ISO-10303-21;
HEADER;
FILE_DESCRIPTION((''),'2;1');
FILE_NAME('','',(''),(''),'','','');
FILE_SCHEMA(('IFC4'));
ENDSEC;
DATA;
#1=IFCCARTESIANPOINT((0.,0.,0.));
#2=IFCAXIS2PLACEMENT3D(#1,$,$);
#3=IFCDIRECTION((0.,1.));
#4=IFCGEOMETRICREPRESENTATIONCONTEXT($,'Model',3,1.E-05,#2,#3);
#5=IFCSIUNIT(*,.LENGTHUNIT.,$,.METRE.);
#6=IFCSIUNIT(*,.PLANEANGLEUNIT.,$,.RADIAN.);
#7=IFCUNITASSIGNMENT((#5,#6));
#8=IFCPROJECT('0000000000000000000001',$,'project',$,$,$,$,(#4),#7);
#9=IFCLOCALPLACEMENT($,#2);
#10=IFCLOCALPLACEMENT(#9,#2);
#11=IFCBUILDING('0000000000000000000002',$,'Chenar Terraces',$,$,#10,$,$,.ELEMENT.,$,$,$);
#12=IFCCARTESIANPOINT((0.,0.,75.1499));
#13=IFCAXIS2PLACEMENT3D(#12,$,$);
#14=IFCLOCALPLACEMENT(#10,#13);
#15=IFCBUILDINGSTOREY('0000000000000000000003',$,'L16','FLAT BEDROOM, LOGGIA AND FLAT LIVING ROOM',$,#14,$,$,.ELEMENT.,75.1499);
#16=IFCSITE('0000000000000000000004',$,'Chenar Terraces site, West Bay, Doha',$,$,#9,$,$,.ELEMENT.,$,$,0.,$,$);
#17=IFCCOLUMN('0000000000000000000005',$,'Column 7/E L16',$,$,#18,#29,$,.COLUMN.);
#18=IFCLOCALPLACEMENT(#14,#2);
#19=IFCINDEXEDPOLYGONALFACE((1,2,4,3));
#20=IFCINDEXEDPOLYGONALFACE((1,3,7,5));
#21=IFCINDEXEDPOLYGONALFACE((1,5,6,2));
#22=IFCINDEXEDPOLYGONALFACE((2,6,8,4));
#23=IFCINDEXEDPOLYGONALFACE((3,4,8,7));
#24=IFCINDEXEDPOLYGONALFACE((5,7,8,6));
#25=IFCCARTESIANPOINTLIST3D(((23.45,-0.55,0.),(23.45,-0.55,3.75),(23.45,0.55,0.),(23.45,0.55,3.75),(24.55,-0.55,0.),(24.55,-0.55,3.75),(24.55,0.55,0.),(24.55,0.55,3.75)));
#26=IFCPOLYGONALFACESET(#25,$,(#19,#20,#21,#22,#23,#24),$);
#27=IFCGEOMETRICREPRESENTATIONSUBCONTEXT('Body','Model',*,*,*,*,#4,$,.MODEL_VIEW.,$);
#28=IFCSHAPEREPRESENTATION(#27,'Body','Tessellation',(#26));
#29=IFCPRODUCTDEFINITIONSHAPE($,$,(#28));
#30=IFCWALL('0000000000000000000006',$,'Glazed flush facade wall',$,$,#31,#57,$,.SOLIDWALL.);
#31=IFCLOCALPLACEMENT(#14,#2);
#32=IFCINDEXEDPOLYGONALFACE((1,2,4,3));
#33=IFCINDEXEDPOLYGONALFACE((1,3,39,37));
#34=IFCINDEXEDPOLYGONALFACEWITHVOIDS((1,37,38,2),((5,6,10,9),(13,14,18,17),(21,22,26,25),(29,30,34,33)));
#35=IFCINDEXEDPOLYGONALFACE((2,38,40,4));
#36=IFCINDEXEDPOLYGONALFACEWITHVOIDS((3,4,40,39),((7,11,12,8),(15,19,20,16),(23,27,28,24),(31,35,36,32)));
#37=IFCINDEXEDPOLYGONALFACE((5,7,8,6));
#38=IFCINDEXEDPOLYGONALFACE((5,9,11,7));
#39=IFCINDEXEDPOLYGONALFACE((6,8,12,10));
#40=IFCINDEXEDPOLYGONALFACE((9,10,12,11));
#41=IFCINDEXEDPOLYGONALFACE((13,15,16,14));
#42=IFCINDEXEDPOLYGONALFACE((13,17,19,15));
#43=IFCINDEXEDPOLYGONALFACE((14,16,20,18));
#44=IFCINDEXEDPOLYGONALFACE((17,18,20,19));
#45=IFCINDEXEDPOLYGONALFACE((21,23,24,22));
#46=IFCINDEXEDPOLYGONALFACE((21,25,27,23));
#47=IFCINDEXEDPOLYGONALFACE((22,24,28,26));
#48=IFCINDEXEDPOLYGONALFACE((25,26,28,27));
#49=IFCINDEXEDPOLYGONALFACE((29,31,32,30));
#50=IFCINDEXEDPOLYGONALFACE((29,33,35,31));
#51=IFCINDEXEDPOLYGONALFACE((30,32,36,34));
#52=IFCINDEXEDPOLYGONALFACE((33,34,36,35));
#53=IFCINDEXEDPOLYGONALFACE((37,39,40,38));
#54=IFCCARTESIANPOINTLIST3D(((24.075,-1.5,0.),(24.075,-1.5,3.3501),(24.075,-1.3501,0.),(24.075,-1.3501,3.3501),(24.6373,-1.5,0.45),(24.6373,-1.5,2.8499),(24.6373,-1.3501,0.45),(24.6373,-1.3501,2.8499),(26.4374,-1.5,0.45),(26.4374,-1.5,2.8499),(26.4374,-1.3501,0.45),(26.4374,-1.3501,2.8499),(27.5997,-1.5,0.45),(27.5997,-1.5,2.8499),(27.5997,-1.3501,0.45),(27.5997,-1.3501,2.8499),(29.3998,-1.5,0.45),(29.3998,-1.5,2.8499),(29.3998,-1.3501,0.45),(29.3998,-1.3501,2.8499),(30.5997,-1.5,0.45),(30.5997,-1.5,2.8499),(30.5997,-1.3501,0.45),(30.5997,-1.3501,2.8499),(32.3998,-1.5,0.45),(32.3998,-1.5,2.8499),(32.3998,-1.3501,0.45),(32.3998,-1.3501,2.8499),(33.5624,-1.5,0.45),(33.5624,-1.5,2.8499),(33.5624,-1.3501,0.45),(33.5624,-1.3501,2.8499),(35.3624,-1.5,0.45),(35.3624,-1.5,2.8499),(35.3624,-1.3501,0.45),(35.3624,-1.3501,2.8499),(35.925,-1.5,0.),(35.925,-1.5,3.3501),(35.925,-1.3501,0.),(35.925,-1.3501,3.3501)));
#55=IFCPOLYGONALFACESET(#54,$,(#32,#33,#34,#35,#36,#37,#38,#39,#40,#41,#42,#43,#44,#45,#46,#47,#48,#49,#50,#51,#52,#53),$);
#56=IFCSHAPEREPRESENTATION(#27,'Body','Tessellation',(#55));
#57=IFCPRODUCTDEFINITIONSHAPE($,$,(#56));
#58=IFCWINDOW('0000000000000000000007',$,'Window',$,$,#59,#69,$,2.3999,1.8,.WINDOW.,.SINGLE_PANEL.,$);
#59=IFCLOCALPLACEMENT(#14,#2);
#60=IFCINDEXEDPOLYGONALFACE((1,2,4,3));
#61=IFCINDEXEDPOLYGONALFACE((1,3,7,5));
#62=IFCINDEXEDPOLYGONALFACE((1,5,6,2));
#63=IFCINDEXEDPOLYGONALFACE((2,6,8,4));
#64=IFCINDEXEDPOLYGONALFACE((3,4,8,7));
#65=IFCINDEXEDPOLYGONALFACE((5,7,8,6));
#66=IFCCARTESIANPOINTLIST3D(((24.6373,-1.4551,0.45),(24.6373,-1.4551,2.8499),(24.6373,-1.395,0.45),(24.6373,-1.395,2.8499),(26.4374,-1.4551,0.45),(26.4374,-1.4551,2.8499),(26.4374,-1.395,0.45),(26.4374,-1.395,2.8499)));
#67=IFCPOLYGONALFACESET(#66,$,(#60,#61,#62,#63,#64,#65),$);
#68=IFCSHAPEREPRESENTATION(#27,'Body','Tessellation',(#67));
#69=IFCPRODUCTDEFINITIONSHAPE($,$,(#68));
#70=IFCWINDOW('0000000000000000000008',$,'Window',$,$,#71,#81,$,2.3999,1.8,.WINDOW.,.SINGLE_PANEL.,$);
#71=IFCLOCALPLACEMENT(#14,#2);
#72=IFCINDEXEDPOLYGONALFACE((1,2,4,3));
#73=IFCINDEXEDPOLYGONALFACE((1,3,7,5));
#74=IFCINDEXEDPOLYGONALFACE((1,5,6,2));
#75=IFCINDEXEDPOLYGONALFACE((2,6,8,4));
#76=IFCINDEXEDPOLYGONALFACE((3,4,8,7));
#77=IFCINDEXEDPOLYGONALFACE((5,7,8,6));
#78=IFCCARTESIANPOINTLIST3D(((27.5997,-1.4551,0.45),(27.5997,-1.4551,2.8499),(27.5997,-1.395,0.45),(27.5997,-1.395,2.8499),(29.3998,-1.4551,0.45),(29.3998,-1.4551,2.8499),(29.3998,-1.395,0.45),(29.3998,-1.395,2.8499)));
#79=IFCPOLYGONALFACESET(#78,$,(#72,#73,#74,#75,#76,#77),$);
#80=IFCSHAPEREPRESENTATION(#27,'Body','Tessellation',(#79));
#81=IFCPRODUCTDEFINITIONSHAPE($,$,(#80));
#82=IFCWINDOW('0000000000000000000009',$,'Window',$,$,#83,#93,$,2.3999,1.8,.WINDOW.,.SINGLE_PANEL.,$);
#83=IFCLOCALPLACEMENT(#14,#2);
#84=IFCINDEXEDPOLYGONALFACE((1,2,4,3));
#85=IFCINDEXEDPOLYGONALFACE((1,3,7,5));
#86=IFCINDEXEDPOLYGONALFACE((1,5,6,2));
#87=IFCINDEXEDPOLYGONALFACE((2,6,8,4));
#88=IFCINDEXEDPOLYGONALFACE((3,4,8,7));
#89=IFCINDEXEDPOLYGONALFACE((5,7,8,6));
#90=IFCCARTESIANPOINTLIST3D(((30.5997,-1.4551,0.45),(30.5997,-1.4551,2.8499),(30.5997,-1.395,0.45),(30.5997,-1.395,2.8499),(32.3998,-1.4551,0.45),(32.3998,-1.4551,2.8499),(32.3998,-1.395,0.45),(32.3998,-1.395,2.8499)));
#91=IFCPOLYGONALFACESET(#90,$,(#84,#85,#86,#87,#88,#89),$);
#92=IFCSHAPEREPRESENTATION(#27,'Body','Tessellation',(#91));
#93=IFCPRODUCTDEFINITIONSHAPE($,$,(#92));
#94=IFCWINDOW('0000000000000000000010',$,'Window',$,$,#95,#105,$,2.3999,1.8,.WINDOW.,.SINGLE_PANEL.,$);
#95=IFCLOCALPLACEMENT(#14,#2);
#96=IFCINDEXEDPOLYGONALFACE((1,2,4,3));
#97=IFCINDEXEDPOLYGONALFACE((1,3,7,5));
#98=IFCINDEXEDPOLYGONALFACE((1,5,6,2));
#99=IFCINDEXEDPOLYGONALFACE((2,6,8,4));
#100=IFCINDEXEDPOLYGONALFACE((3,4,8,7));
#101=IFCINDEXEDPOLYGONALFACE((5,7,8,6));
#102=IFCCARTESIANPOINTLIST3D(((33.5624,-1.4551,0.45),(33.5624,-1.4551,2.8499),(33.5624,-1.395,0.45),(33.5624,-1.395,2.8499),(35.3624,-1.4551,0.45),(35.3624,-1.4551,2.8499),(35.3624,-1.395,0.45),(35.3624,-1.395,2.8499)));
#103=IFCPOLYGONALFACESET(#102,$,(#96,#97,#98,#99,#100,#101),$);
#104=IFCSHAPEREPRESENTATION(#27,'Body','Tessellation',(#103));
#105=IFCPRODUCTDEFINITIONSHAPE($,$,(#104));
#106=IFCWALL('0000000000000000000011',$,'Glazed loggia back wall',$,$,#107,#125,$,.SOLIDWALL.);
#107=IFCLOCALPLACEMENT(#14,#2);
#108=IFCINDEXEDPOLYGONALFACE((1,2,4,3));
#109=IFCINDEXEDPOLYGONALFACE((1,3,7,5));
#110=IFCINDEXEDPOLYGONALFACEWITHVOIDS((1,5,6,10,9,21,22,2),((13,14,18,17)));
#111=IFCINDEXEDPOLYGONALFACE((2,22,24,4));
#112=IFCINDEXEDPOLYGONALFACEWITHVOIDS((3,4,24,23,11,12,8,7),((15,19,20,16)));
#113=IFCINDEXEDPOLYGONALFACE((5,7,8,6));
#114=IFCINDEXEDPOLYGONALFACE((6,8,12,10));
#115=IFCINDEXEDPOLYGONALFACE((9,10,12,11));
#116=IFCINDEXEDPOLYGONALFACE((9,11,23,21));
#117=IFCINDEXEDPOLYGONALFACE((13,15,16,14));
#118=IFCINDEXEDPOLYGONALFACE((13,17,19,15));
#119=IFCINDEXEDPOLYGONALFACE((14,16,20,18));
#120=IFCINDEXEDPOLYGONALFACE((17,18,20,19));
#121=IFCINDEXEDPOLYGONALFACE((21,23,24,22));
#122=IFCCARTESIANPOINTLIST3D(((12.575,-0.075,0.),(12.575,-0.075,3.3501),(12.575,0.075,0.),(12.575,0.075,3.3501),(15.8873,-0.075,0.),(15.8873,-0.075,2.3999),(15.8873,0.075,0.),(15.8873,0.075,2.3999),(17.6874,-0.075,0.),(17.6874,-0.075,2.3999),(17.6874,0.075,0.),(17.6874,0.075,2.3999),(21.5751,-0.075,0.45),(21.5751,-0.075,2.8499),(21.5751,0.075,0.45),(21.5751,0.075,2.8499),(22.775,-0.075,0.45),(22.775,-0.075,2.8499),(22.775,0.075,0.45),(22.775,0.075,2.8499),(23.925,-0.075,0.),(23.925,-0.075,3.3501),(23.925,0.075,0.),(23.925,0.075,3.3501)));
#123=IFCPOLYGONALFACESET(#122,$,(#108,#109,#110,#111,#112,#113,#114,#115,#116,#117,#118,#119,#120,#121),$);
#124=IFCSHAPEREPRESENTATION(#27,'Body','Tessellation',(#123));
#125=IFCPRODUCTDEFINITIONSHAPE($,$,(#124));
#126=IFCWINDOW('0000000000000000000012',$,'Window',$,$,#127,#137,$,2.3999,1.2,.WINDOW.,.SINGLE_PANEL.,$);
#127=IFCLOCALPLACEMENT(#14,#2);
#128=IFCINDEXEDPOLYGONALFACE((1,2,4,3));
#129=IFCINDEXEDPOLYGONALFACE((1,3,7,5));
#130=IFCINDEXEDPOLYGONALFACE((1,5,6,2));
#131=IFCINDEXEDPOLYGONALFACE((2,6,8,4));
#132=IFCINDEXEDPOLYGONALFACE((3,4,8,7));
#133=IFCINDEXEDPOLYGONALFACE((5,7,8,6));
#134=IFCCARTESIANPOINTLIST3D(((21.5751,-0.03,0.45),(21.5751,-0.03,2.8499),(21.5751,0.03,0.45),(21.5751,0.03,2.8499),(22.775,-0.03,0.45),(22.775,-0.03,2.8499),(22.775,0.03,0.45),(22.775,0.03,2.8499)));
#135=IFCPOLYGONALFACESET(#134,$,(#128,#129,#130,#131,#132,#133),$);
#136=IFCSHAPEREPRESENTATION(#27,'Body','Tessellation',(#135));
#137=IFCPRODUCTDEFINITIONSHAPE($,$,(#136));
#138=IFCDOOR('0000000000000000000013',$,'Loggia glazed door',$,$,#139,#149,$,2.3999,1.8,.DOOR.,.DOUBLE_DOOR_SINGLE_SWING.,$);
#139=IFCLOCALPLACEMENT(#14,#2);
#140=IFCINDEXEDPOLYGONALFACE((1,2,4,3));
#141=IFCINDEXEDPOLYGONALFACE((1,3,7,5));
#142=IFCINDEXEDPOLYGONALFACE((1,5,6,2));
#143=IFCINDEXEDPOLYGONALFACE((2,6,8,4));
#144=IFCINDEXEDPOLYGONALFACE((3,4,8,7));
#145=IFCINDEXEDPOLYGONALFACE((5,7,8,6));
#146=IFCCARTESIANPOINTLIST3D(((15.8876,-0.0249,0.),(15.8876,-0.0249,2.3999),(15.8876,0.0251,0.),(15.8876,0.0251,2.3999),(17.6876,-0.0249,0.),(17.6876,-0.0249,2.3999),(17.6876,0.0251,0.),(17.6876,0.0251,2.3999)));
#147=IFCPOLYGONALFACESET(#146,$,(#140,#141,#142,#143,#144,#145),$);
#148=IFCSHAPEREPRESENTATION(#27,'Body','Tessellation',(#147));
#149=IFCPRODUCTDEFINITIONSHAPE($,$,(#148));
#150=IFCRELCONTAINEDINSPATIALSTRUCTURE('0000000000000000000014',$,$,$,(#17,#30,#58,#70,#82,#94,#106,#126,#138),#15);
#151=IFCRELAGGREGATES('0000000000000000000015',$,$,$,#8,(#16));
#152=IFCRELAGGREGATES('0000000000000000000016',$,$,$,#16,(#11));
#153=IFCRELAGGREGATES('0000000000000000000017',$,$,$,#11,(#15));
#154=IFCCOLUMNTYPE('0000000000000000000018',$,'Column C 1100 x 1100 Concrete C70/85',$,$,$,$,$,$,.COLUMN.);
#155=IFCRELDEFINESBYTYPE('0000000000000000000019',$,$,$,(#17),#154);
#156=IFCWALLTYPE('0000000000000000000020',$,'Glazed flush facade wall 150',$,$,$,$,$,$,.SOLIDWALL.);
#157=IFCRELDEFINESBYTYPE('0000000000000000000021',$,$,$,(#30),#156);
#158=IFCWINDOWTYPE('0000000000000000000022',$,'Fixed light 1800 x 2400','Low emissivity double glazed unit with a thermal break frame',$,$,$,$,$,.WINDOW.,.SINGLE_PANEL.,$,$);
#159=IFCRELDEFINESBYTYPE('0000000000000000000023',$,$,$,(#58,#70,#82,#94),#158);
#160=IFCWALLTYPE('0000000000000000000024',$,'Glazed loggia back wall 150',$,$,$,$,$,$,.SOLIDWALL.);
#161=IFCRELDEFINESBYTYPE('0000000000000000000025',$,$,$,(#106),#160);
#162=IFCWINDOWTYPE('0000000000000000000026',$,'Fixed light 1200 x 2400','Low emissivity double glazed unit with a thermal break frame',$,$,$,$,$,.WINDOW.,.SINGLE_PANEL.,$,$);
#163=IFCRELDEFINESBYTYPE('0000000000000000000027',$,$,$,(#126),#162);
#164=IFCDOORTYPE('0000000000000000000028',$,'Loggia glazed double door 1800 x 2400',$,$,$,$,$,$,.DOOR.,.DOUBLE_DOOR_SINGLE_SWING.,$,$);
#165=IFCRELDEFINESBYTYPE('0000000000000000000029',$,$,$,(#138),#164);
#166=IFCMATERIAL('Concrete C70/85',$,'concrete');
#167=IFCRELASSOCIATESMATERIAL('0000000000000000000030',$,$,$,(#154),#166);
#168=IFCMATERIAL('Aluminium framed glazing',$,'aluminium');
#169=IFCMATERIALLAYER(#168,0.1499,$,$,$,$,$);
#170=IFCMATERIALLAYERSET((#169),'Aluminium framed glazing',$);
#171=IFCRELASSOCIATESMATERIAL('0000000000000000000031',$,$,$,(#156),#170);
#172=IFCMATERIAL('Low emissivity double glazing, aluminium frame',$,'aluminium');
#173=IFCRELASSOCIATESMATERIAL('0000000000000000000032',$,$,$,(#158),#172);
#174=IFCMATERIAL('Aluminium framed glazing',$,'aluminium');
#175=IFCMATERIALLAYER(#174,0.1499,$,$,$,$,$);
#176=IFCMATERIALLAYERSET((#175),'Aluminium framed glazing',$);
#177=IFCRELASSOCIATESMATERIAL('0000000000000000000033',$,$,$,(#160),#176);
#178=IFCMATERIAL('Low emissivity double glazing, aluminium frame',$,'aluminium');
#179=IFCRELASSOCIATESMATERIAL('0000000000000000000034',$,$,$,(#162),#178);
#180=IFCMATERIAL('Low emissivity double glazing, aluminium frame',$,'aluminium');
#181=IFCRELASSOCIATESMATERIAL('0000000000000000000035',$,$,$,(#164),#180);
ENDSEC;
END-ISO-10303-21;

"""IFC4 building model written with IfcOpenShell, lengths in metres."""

from ifc_helpers import new_model, si_unit, direction, frame, frame_2d, origin, origin_2d, place, context, subcontext, project, spatial, rectangle, extrude, material, layer, layer_set, material_profile, profile_set, type_object, element, fill, save


model = new_model("IFC4")

# Units and contexts
model_context = context("Model", 3, precision=1e-05, world=origin(), true_north=direction((0.0, 1.0)))
body_context = subcontext(model_context, "Body", "Model", "MODEL_VIEW")
ifc_project = project(units=[si_unit("LENGTHUNIT", "METRE"), si_unit("PLANEANGLEUNIT", "RADIAN")], contexts=[model_context])

# Site, building, storey
site_placement = place(None, origin())
site = spatial("IfcSite", under=ifc_project, at=site_placement, Name="Chenar Terraces site, West Bay, Doha", CompositionType="ELEMENT", RefElevation=0.0)
building_placement = place(site_placement, origin())
building = spatial("IfcBuilding", under=site, at=building_placement, Name="Chenar Terraces", CompositionType="ELEMENT")
storey_placement = place(building_placement, frame((0.0, 0.0, 75.1499)))
storey = spatial("IfcBuildingStorey", under=building, at=storey_placement, Name="L16", Description="FLAT BEDROOM, LOGGIA AND FLAT LIVING ROOM", CompositionType="ELEMENT", Elevation=75.1499)

# Column
ifc_material_1 = material(Name="Concrete C70/85", Category="concrete")
ifc_material_profile = material_profile(ifc_material_1, rectangle(XDim=1.1001, YDim=1.1001, at=origin_2d()), Name="C 1100 x 1100")
ifc_profile_set = profile_set([ifc_material_profile], Name="Concrete C70/85")
column_type = type_object("IfcColumnType", Name="Column C 1100 x 1100 Concrete C70/85", PredefinedType="COLUMN", material=ifc_profile_set)
column_placement = place(storey_placement, frame((24.0, 0.0, 0.0), z_axis=(0.0, 0.0, 1.0), x_axis=(1.0, 0.0, 0.0)))
element("IfcColumn", 1, at=column_placement, inside=storey, type_object=column_type, Name="Column 7/E L16", PredefinedType="COLUMN", context=body_context, shape_type="SweptSolid", body=[
    extrude(rectangle(XDim=1.1001, YDim=1.1001, at=origin_2d()), origin(), (0.0, 0.0, 1.0), 3.75),
])

# Wall, openings, windows
ifc_material_2 = material(Name="Aluminium framed glazing", Category="aluminium")
ifc_layer_1 = layer(ifc_material_2, 0.1499)
ifc_layer_set_1 = layer_set([ifc_layer_1], Name="Aluminium framed glazing")
wall_type_1 = type_object("IfcWallType", Name="Glazed flush facade wall 150", PredefinedType="SOLIDWALL", material=ifc_layer_set_1)
wall_1_placement = place(storey_placement, frame((24.075, -1.425, 0.0), z_axis=(0.0, 0.0, 1.0), x_axis=(1.0, 0.0, 0.0)))
wall_1 = element("IfcWall", 2, at=wall_1_placement, inside=storey, type_object=wall_type_1, Name="Glazed flush facade wall", PredefinedType="SOLIDWALL", context=body_context, shape_type="SweptSolid", body=[
    extrude(rectangle(XDim=11.8501, YDim=0.1499, at=frame_2d((5.925, 0.0))), origin(), (0.0, 0.0, 1.0), 3.3501),
])
opening_1_placement = place(wall_1_placement, frame((0.5625, 0.0, 0.45)))
opening_1 = element("IfcOpeningElement", 3, at=opening_1_placement, cuts=wall_1, PredefinedType="OPENING", context=body_context, shape_type="SweptSolid", body=[
    extrude(rectangle(XDim=1.8, YDim=2.3999, at=frame_2d((0.8999, 1.2))), frame((0.0, 0.085, 0.0), z_axis=(0.0, -1.0, 0.0), x_axis=(1.0, 0.0, 0.0)), (0.0, 0.0, 1.0), 0.1699),
])
opening_2_placement = place(wall_1_placement, frame((3.5249, 0.0, 0.45)))
opening_2 = element("IfcOpeningElement", 4, at=opening_2_placement, cuts=wall_1, PredefinedType="OPENING", context=body_context, shape_type="SweptSolid", body=[
    extrude(rectangle(XDim=1.8, YDim=2.3999, at=frame_2d((0.8999, 1.2))), frame((0.0, 0.085, 0.0), z_axis=(0.0, -1.0, 0.0), x_axis=(1.0, 0.0, 0.0)), (0.0, 0.0, 1.0), 0.1699),
])
opening_3_placement = place(wall_1_placement, frame((6.5249, 0.0, 0.45)))
opening_3 = element("IfcOpeningElement", 5, at=opening_3_placement, cuts=wall_1, PredefinedType="OPENING", context=body_context, shape_type="SweptSolid", body=[
    extrude(rectangle(XDim=1.8, YDim=2.3999, at=frame_2d((0.8999, 1.2))), frame((0.0, 0.085, 0.0), z_axis=(0.0, -1.0, 0.0), x_axis=(1.0, 0.0, 0.0)), (0.0, 0.0, 1.0), 0.1699),
])
opening_4_placement = place(wall_1_placement, frame((9.4875, 0.0, 0.45)))
opening_4 = element("IfcOpeningElement", 6, at=opening_4_placement, cuts=wall_1, PredefinedType="OPENING", context=body_context, shape_type="SweptSolid", body=[
    extrude(rectangle(XDim=1.8, YDim=2.3999, at=frame_2d((0.8999, 1.2))), frame((0.0, 0.085, 0.0), z_axis=(0.0, -1.0, 0.0), x_axis=(1.0, 0.0, 0.0)), (0.0, 0.0, 1.0), 0.1699),
])
ifc_material_3 = material(Name="Low emissivity double glazing, aluminium frame", Category="aluminium")
window_type_1 = type_object("IfcWindowType", Name="Fixed light 1800 x 2400", Description="Low emissivity double glazed unit with a thermal break frame", PartitioningType="SINGLE_PANEL", PredefinedType="WINDOW", material=ifc_material_3)
window_1_placement = place(opening_1_placement, origin())
window_1 = element("IfcWindow", 7, at=window_1_placement, inside=storey, type_object=window_type_1, Name="Window", OverallHeight=2.3999, OverallWidth=1.8, PartitioningType="SINGLE_PANEL", PredefinedType="WINDOW", context=body_context, shape_type="SweptSolid", body=[
    extrude(rectangle(XDim=1.8, YDim=2.3999, at=frame_2d((0.8999, 1.2))), frame((0.0, 0.03, 0.0), z_axis=(0.0, -1.0, 0.0), x_axis=(1.0, 0.0, 0.0)), (0.0, 0.0, 1.0), 0.0601),
])
fill(opening_1, window_1)
window_2_placement = place(opening_2_placement, origin())
window_2 = element("IfcWindow", 8, at=window_2_placement, inside=storey, type_object=window_type_1, Name="Window", OverallHeight=2.3999, OverallWidth=1.8, PartitioningType="SINGLE_PANEL", PredefinedType="WINDOW", context=body_context, shape_type="SweptSolid", body=[
    extrude(rectangle(XDim=1.8, YDim=2.3999, at=frame_2d((0.8999, 1.2))), frame((0.0, 0.03, 0.0), z_axis=(0.0, -1.0, 0.0), x_axis=(1.0, 0.0, 0.0)), (0.0, 0.0, 1.0), 0.0601),
])
fill(opening_2, window_2)
window_3_placement = place(opening_3_placement, origin())
window_3 = element("IfcWindow", 9, at=window_3_placement, inside=storey, type_object=window_type_1, Name="Window", OverallHeight=2.3999, OverallWidth=1.8, PartitioningType="SINGLE_PANEL", PredefinedType="WINDOW", context=body_context, shape_type="SweptSolid", body=[
    extrude(rectangle(XDim=1.8, YDim=2.3999, at=frame_2d((0.8999, 1.2))), frame((0.0, 0.03, 0.0), z_axis=(0.0, -1.0, 0.0), x_axis=(1.0, 0.0, 0.0)), (0.0, 0.0, 1.0), 0.0601),
])
fill(opening_3, window_3)
window_4_placement = place(opening_4_placement, origin())
window_4 = element("IfcWindow", 10, at=window_4_placement, inside=storey, type_object=window_type_1, Name="Window", OverallHeight=2.3999, OverallWidth=1.8, PartitioningType="SINGLE_PANEL", PredefinedType="WINDOW", context=body_context, shape_type="SweptSolid", body=[
    extrude(rectangle(XDim=1.8, YDim=2.3999, at=frame_2d((0.8999, 1.2))), frame((0.0, 0.03, 0.0), z_axis=(0.0, -1.0, 0.0), x_axis=(1.0, 0.0, 0.0)), (0.0, 0.0, 1.0), 0.0601),
])
fill(opening_4, window_4)

# Wall, openings, window, door
ifc_material_4 = material(Name="Aluminium framed glazing", Category="aluminium")
ifc_layer_2 = layer(ifc_material_4, 0.1499)
ifc_layer_set_2 = layer_set([ifc_layer_2], Name="Aluminium framed glazing")
wall_type_2 = type_object("IfcWallType", Name="Glazed loggia back wall 150", PredefinedType="SOLIDWALL", material=ifc_layer_set_2)
wall_2_placement = place(storey_placement, frame((12.575, 0.0, 0.0), z_axis=(0.0, 0.0, 1.0), x_axis=(1.0, 0.0, 0.0)))
wall_2 = element("IfcWall", 11, at=wall_2_placement, inside=storey, type_object=wall_type_2, Name="Glazed loggia back wall", PredefinedType="SOLIDWALL", context=body_context, shape_type="SweptSolid", body=[
    extrude(rectangle(XDim=11.3501, YDim=0.1499, at=frame_2d((5.675, 0.0))), origin(), (0.0, 0.0, 1.0), 3.3501),
])
opening_5_placement = place(wall_2_placement, frame((3.3125, 0.0, 0.0)))
opening_5 = element("IfcOpeningElement", 12, at=opening_5_placement, cuts=wall_2, PredefinedType="OPENING", context=body_context, shape_type="SweptSolid", body=[
    extrude(rectangle(XDim=1.8, YDim=2.3999, at=frame_2d((0.8999, 1.2))), frame((0.0, 0.085, 0.0), z_axis=(0.0, -1.0, 0.0), x_axis=(1.0, 0.0, 0.0)), (0.0, 0.0, 1.0), 0.1699),
])
opening_6_placement = place(wall_2_placement, frame((9.0, 0.0, 0.45)))
opening_6 = element("IfcOpeningElement", 13, at=opening_6_placement, cuts=wall_2, PredefinedType="OPENING", context=body_context, shape_type="SweptSolid", body=[
    extrude(rectangle(XDim=1.2, YDim=2.3999, at=frame_2d((0.6001, 1.2))), frame((0.0, 0.085, 0.0), z_axis=(0.0, -1.0, 0.0), x_axis=(1.0, 0.0, 0.0)), (0.0, 0.0, 1.0), 0.1699),
])
ifc_material_5 = material(Name="Low emissivity double glazing, aluminium frame", Category="aluminium")
window_type_2 = type_object("IfcWindowType", Name="Fixed light 1200 x 2400", Description="Low emissivity double glazed unit with a thermal break frame", PartitioningType="SINGLE_PANEL", PredefinedType="WINDOW", material=ifc_material_5)
window_5_placement = place(opening_6_placement, origin())
window_5 = element("IfcWindow", 14, at=window_5_placement, inside=storey, type_object=window_type_2, Name="Window", OverallHeight=2.3999, OverallWidth=1.2, PartitioningType="SINGLE_PANEL", PredefinedType="WINDOW", context=body_context, shape_type="SweptSolid", body=[
    extrude(rectangle(XDim=1.2, YDim=2.3999, at=frame_2d((0.6001, 1.2))), frame((0.0, 0.03, 0.0), z_axis=(0.0, -1.0, 0.0), x_axis=(1.0, 0.0, 0.0)), (0.0, 0.0, 1.0), 0.0601),
])
fill(opening_6, window_5)
ifc_material_6 = material(Name="Low emissivity double glazing, aluminium frame", Category="aluminium")
door_type = type_object("IfcDoorType", Name="Loggia glazed double door 1800 x 2400", OperationType="DOUBLE_DOOR_SINGLE_SWING", PredefinedType="DOOR", material=ifc_material_6)
door_placement = place(opening_5_placement, frame((1.8, 0.0, 0.0), z_axis=(0.0, 0.0, 1.0), x_axis=(-1.0, 0.0, 0.0)))
door = element("IfcDoor", 15, at=door_placement, inside=storey, type_object=door_type, Name="Loggia glazed door", OperationType="DOUBLE_DOOR_SINGLE_SWING", OverallHeight=2.3999, OverallWidth=1.8, PredefinedType="DOOR", context=body_context, shape_type="SweptSolid", body=[
    extrude(rectangle(XDim=1.8, YDim=2.3999, at=frame_2d((0.8999, 1.2))), frame((0.0, 0.0249, 0.0), z_axis=(0.0, -1.0, 0.0), x_axis=(1.0, 0.0, 0.0)), (0.0, 0.0, 1.0), 0.05),
])
fill(opening_5, door)

save(model, "model.ifc")
